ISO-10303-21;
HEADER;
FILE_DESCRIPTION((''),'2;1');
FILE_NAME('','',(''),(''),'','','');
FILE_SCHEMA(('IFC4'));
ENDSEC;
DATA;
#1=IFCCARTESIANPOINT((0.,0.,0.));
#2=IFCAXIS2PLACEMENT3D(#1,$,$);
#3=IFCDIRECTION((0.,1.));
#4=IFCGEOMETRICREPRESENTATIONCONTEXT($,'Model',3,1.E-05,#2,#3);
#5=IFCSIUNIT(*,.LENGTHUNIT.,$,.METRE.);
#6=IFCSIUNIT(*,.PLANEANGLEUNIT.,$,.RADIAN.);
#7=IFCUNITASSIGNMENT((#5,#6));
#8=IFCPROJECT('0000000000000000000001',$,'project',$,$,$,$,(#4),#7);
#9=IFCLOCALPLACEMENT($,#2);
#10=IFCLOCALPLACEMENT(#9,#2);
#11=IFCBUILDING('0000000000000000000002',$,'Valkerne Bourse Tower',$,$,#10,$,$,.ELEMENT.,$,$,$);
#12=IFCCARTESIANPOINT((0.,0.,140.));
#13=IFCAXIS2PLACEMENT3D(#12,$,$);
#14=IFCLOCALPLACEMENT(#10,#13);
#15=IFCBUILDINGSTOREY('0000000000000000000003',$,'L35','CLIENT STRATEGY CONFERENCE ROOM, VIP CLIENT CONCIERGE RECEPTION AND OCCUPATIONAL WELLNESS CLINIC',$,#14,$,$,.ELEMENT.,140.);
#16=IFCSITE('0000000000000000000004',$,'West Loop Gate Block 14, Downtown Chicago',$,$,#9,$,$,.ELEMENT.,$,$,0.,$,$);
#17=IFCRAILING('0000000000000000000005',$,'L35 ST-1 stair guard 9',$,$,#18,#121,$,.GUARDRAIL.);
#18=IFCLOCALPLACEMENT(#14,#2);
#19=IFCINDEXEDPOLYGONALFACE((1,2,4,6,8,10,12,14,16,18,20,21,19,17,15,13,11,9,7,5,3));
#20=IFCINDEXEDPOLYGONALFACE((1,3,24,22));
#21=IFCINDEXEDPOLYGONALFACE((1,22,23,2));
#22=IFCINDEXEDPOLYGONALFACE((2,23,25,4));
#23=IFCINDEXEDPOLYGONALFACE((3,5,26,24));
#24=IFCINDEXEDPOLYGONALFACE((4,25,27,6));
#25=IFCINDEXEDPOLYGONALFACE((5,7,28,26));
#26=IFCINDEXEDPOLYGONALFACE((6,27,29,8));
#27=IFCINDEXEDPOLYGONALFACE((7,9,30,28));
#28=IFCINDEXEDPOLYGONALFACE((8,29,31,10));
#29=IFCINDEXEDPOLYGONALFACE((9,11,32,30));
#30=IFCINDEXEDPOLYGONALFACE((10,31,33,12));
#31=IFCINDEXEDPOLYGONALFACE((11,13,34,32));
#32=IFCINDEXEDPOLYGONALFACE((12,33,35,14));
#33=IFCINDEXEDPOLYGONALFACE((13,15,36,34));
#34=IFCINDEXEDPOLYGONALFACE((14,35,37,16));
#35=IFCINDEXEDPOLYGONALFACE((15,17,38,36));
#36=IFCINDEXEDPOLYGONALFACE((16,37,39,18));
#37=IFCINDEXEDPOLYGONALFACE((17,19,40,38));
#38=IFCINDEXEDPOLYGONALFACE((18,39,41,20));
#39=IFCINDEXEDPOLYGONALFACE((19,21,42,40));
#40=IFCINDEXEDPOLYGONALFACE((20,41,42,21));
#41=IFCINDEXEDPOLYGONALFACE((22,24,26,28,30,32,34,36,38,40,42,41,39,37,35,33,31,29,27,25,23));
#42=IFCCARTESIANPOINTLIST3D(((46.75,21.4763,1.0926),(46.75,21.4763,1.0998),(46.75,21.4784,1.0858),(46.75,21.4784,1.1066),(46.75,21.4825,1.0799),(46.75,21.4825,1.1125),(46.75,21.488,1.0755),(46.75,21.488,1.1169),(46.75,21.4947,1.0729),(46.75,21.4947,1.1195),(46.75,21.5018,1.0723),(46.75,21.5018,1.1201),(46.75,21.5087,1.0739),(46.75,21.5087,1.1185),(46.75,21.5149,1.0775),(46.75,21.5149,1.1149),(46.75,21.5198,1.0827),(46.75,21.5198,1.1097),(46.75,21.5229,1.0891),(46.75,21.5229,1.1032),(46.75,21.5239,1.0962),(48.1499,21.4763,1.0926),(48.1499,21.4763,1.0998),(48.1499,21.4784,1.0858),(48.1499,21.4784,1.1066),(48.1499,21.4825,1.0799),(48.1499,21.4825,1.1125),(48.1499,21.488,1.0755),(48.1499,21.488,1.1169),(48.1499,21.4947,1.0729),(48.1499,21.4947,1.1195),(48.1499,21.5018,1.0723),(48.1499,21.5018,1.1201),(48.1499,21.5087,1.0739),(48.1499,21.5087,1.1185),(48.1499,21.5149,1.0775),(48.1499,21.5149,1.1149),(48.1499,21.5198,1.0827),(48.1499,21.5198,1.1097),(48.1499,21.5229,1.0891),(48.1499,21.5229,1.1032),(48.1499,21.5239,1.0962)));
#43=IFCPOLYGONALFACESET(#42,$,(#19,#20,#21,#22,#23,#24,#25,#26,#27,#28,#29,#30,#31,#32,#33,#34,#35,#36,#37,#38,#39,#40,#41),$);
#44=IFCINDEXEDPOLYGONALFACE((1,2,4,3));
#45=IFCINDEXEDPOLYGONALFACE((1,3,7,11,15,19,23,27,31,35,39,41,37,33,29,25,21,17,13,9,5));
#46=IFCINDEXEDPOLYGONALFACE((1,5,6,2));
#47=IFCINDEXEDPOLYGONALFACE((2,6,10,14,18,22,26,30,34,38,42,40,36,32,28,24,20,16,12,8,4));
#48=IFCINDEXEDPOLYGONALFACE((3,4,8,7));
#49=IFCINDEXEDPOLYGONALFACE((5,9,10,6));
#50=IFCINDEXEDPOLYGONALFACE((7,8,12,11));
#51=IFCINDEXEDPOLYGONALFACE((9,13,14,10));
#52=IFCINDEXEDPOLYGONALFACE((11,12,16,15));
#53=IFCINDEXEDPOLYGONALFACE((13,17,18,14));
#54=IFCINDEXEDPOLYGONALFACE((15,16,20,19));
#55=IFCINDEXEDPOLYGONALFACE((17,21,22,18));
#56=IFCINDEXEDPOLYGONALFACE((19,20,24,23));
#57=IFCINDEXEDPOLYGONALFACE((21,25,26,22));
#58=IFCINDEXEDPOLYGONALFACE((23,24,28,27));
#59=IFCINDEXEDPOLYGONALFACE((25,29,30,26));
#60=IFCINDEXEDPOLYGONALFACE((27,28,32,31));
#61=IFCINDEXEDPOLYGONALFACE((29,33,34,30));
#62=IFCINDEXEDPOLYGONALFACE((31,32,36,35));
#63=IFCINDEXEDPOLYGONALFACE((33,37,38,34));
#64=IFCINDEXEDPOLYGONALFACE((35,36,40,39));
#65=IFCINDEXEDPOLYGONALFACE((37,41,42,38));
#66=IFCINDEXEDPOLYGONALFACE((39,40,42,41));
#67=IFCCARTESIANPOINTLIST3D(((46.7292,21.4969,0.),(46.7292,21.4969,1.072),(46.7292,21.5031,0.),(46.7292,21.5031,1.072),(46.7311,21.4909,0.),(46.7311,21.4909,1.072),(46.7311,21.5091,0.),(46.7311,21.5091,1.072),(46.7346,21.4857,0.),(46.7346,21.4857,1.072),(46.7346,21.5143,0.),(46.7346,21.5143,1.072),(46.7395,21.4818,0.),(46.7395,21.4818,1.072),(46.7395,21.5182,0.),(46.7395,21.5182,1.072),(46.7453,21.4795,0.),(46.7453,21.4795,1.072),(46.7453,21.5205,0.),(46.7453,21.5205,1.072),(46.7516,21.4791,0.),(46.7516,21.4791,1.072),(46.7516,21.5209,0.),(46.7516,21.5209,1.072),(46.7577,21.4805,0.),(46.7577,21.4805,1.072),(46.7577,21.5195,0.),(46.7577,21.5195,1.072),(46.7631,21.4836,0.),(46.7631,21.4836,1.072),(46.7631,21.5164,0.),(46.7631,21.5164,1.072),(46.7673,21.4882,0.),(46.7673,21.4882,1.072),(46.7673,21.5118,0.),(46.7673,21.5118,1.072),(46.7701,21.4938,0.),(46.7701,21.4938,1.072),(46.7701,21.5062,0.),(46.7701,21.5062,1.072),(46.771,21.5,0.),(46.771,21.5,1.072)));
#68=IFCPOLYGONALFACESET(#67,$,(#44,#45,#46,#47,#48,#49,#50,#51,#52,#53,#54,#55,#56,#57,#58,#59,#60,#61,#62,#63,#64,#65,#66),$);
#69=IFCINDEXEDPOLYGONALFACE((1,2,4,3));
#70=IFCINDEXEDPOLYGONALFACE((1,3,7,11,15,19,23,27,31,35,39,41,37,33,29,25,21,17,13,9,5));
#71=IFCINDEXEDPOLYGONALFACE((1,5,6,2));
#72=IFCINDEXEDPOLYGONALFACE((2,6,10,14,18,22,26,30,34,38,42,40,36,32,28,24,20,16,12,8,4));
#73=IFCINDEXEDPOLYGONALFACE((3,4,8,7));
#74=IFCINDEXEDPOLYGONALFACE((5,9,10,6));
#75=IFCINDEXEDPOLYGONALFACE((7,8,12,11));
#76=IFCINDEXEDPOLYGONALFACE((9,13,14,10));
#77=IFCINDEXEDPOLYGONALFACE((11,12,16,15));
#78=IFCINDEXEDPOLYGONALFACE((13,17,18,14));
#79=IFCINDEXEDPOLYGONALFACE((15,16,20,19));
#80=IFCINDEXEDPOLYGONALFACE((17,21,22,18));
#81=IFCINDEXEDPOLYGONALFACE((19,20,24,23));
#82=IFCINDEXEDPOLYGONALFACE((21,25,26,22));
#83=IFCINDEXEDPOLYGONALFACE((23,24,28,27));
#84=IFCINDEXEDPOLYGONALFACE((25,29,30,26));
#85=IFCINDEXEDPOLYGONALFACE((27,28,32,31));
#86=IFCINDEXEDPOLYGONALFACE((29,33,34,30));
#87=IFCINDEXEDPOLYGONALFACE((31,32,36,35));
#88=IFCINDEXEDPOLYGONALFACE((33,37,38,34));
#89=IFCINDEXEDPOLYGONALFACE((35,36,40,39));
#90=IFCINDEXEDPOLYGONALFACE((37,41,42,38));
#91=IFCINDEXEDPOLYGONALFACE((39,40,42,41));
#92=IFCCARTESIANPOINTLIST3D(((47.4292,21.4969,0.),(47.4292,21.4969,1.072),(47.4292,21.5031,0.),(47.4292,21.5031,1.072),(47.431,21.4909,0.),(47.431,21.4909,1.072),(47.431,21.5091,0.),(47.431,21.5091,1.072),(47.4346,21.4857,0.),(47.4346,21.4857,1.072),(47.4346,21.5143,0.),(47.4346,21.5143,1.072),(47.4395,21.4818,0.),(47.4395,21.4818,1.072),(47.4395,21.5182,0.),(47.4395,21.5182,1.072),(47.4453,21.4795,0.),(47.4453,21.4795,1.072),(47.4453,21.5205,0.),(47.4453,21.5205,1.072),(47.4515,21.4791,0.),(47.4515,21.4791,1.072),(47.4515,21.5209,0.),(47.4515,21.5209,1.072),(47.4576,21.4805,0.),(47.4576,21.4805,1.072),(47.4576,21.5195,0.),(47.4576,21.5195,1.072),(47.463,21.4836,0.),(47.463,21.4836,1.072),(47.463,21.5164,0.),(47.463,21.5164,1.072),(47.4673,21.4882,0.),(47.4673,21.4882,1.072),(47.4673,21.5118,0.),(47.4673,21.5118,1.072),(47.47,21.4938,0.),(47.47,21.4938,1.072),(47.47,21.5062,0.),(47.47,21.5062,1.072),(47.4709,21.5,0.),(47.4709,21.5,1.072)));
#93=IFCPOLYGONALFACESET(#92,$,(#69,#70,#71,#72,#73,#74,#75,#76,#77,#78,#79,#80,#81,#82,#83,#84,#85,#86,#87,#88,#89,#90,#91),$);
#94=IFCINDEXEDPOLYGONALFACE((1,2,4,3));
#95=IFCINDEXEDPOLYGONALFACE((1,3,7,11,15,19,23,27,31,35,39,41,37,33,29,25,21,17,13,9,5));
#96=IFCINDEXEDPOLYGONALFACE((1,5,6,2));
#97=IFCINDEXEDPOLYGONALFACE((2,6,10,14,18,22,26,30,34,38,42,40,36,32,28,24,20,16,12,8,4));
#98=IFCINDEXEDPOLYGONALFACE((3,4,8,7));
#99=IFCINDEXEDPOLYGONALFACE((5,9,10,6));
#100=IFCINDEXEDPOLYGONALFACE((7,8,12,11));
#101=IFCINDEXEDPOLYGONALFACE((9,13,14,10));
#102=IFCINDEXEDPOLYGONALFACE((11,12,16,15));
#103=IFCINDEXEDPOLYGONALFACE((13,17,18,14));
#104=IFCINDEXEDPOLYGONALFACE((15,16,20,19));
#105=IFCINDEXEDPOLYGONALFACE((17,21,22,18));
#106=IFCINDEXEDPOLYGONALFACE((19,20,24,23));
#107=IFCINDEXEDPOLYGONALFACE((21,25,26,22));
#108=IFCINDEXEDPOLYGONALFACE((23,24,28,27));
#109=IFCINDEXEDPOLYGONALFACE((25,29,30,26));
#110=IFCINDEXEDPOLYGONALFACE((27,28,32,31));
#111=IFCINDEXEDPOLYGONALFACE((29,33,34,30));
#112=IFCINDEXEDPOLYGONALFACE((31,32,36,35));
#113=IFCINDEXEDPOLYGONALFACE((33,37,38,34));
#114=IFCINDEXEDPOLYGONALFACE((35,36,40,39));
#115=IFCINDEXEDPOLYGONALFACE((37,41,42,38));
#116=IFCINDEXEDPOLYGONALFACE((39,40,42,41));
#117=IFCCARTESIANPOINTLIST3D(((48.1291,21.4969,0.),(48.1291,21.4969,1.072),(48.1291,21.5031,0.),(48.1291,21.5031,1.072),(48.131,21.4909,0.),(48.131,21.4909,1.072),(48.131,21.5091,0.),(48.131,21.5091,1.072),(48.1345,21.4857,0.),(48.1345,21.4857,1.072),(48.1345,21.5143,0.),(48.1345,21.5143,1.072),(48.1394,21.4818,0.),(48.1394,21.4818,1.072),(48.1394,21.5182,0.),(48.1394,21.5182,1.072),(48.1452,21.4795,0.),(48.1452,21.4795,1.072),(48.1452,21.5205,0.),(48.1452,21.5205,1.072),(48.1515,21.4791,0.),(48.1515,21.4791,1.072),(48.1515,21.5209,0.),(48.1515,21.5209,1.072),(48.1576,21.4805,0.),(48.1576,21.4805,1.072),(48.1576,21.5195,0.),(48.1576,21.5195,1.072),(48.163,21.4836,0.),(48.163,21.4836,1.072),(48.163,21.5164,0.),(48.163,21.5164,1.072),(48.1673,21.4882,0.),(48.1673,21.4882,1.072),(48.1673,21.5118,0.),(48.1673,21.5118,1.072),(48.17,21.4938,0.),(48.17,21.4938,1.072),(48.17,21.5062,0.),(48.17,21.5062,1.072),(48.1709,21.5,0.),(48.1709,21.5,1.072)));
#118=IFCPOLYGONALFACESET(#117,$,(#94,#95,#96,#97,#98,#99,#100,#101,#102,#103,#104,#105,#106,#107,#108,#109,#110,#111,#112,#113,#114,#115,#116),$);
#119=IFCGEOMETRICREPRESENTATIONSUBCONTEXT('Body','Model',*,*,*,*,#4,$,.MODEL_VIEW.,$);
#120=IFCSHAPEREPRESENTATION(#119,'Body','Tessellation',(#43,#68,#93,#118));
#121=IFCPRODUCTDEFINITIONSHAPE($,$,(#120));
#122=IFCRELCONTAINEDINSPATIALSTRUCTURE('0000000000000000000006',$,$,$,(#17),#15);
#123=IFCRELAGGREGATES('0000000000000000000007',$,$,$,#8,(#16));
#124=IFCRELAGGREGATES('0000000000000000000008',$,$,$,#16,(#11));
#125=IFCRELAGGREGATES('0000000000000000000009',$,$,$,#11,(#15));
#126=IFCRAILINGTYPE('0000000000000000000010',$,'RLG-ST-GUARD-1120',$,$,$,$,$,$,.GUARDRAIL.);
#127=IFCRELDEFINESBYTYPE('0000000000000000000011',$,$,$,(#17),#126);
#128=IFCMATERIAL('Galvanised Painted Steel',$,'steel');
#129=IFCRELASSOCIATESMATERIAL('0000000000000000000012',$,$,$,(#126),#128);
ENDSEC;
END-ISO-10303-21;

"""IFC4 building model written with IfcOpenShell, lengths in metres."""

from ifc_helpers import new_model, si_unit, direction, frame, origin, origin_2d, place, context, subcontext, project, spatial, circle, extrude, material, type_object, element, save


model = new_model("IFC4")

# Units and contexts
model_context = context("Model", 3, precision=1e-05, world=origin(), true_north=direction((0.0, 1.0)))
body_context = subcontext(model_context, "Body", "Model", "MODEL_VIEW")
ifc_project = project(units=[si_unit("LENGTHUNIT", "METRE"), si_unit("PLANEANGLEUNIT", "RADIAN")], contexts=[model_context])

# Site, building, storey
site_placement = place(None, origin())
site = spatial("IfcSite", under=ifc_project, at=site_placement, Name="West Loop Gate Block 14, Downtown Chicago", CompositionType="ELEMENT", RefElevation=0.0)
building_placement = place(site_placement, origin())
building = spatial("IfcBuilding", under=site, at=building_placement, Name="Valkerne Bourse Tower", CompositionType="ELEMENT")
storey_placement = place(building_placement, frame((0.0, 0.0, 140.0)))
storey = spatial("IfcBuildingStorey", under=building, at=storey_placement, Name="L35", Description="CLIENT STRATEGY CONFERENCE ROOM, VIP CLIENT CONCIERGE RECEPTION AND OCCUPATIONAL WELLNESS CLINIC", CompositionType="ELEMENT", Elevation=140.0)

# Shared definitions
ifc_material_1 = material(Name="Galvanised Painted Steel", Category="steel")

# Railing
railing_type_1 = type_object("IfcRailingType", Name="RLG-ST-GUARD-1120", PredefinedType="GUARDRAIL", material=ifc_material_1)
for number, where, name in (
    (1, (46.75, 21.5, 0.0), "L35 ST-1 stair guard 9"),
):
    element("IfcRailing", number, at=place(storey_placement, frame(where)), inside=storey, type_object=railing_type_1, Name=name, PredefinedType="GUARDRAIL", context=body_context, shape_type="SweptSolid", body=[
        extrude(circle(Radius=0.0239, at=origin_2d()), frame((0.0, 0.0, 1.0962), z_axis=(1.0, 0.0, 0.0), x_axis=(0.0, 1.0, 0.0)), (0.0, 0.0, 1.0), 1.3999),
        extrude(circle(Radius=0.021, at=origin_2d()), origin(), (0.0, 0.0, 1.0), 1.072),
        extrude(circle(Radius=0.021, at=origin_2d()), frame((0.7, 0.0, 0.0)), (0.0, 0.0, 1.0), 1.072),
        extrude(circle(Radius=0.021, at=origin_2d()), frame((1.3999, 0.0, 0.0)), (0.0, 0.0, 1.0), 1.072),
    ])

save(model, "model.ifc")
